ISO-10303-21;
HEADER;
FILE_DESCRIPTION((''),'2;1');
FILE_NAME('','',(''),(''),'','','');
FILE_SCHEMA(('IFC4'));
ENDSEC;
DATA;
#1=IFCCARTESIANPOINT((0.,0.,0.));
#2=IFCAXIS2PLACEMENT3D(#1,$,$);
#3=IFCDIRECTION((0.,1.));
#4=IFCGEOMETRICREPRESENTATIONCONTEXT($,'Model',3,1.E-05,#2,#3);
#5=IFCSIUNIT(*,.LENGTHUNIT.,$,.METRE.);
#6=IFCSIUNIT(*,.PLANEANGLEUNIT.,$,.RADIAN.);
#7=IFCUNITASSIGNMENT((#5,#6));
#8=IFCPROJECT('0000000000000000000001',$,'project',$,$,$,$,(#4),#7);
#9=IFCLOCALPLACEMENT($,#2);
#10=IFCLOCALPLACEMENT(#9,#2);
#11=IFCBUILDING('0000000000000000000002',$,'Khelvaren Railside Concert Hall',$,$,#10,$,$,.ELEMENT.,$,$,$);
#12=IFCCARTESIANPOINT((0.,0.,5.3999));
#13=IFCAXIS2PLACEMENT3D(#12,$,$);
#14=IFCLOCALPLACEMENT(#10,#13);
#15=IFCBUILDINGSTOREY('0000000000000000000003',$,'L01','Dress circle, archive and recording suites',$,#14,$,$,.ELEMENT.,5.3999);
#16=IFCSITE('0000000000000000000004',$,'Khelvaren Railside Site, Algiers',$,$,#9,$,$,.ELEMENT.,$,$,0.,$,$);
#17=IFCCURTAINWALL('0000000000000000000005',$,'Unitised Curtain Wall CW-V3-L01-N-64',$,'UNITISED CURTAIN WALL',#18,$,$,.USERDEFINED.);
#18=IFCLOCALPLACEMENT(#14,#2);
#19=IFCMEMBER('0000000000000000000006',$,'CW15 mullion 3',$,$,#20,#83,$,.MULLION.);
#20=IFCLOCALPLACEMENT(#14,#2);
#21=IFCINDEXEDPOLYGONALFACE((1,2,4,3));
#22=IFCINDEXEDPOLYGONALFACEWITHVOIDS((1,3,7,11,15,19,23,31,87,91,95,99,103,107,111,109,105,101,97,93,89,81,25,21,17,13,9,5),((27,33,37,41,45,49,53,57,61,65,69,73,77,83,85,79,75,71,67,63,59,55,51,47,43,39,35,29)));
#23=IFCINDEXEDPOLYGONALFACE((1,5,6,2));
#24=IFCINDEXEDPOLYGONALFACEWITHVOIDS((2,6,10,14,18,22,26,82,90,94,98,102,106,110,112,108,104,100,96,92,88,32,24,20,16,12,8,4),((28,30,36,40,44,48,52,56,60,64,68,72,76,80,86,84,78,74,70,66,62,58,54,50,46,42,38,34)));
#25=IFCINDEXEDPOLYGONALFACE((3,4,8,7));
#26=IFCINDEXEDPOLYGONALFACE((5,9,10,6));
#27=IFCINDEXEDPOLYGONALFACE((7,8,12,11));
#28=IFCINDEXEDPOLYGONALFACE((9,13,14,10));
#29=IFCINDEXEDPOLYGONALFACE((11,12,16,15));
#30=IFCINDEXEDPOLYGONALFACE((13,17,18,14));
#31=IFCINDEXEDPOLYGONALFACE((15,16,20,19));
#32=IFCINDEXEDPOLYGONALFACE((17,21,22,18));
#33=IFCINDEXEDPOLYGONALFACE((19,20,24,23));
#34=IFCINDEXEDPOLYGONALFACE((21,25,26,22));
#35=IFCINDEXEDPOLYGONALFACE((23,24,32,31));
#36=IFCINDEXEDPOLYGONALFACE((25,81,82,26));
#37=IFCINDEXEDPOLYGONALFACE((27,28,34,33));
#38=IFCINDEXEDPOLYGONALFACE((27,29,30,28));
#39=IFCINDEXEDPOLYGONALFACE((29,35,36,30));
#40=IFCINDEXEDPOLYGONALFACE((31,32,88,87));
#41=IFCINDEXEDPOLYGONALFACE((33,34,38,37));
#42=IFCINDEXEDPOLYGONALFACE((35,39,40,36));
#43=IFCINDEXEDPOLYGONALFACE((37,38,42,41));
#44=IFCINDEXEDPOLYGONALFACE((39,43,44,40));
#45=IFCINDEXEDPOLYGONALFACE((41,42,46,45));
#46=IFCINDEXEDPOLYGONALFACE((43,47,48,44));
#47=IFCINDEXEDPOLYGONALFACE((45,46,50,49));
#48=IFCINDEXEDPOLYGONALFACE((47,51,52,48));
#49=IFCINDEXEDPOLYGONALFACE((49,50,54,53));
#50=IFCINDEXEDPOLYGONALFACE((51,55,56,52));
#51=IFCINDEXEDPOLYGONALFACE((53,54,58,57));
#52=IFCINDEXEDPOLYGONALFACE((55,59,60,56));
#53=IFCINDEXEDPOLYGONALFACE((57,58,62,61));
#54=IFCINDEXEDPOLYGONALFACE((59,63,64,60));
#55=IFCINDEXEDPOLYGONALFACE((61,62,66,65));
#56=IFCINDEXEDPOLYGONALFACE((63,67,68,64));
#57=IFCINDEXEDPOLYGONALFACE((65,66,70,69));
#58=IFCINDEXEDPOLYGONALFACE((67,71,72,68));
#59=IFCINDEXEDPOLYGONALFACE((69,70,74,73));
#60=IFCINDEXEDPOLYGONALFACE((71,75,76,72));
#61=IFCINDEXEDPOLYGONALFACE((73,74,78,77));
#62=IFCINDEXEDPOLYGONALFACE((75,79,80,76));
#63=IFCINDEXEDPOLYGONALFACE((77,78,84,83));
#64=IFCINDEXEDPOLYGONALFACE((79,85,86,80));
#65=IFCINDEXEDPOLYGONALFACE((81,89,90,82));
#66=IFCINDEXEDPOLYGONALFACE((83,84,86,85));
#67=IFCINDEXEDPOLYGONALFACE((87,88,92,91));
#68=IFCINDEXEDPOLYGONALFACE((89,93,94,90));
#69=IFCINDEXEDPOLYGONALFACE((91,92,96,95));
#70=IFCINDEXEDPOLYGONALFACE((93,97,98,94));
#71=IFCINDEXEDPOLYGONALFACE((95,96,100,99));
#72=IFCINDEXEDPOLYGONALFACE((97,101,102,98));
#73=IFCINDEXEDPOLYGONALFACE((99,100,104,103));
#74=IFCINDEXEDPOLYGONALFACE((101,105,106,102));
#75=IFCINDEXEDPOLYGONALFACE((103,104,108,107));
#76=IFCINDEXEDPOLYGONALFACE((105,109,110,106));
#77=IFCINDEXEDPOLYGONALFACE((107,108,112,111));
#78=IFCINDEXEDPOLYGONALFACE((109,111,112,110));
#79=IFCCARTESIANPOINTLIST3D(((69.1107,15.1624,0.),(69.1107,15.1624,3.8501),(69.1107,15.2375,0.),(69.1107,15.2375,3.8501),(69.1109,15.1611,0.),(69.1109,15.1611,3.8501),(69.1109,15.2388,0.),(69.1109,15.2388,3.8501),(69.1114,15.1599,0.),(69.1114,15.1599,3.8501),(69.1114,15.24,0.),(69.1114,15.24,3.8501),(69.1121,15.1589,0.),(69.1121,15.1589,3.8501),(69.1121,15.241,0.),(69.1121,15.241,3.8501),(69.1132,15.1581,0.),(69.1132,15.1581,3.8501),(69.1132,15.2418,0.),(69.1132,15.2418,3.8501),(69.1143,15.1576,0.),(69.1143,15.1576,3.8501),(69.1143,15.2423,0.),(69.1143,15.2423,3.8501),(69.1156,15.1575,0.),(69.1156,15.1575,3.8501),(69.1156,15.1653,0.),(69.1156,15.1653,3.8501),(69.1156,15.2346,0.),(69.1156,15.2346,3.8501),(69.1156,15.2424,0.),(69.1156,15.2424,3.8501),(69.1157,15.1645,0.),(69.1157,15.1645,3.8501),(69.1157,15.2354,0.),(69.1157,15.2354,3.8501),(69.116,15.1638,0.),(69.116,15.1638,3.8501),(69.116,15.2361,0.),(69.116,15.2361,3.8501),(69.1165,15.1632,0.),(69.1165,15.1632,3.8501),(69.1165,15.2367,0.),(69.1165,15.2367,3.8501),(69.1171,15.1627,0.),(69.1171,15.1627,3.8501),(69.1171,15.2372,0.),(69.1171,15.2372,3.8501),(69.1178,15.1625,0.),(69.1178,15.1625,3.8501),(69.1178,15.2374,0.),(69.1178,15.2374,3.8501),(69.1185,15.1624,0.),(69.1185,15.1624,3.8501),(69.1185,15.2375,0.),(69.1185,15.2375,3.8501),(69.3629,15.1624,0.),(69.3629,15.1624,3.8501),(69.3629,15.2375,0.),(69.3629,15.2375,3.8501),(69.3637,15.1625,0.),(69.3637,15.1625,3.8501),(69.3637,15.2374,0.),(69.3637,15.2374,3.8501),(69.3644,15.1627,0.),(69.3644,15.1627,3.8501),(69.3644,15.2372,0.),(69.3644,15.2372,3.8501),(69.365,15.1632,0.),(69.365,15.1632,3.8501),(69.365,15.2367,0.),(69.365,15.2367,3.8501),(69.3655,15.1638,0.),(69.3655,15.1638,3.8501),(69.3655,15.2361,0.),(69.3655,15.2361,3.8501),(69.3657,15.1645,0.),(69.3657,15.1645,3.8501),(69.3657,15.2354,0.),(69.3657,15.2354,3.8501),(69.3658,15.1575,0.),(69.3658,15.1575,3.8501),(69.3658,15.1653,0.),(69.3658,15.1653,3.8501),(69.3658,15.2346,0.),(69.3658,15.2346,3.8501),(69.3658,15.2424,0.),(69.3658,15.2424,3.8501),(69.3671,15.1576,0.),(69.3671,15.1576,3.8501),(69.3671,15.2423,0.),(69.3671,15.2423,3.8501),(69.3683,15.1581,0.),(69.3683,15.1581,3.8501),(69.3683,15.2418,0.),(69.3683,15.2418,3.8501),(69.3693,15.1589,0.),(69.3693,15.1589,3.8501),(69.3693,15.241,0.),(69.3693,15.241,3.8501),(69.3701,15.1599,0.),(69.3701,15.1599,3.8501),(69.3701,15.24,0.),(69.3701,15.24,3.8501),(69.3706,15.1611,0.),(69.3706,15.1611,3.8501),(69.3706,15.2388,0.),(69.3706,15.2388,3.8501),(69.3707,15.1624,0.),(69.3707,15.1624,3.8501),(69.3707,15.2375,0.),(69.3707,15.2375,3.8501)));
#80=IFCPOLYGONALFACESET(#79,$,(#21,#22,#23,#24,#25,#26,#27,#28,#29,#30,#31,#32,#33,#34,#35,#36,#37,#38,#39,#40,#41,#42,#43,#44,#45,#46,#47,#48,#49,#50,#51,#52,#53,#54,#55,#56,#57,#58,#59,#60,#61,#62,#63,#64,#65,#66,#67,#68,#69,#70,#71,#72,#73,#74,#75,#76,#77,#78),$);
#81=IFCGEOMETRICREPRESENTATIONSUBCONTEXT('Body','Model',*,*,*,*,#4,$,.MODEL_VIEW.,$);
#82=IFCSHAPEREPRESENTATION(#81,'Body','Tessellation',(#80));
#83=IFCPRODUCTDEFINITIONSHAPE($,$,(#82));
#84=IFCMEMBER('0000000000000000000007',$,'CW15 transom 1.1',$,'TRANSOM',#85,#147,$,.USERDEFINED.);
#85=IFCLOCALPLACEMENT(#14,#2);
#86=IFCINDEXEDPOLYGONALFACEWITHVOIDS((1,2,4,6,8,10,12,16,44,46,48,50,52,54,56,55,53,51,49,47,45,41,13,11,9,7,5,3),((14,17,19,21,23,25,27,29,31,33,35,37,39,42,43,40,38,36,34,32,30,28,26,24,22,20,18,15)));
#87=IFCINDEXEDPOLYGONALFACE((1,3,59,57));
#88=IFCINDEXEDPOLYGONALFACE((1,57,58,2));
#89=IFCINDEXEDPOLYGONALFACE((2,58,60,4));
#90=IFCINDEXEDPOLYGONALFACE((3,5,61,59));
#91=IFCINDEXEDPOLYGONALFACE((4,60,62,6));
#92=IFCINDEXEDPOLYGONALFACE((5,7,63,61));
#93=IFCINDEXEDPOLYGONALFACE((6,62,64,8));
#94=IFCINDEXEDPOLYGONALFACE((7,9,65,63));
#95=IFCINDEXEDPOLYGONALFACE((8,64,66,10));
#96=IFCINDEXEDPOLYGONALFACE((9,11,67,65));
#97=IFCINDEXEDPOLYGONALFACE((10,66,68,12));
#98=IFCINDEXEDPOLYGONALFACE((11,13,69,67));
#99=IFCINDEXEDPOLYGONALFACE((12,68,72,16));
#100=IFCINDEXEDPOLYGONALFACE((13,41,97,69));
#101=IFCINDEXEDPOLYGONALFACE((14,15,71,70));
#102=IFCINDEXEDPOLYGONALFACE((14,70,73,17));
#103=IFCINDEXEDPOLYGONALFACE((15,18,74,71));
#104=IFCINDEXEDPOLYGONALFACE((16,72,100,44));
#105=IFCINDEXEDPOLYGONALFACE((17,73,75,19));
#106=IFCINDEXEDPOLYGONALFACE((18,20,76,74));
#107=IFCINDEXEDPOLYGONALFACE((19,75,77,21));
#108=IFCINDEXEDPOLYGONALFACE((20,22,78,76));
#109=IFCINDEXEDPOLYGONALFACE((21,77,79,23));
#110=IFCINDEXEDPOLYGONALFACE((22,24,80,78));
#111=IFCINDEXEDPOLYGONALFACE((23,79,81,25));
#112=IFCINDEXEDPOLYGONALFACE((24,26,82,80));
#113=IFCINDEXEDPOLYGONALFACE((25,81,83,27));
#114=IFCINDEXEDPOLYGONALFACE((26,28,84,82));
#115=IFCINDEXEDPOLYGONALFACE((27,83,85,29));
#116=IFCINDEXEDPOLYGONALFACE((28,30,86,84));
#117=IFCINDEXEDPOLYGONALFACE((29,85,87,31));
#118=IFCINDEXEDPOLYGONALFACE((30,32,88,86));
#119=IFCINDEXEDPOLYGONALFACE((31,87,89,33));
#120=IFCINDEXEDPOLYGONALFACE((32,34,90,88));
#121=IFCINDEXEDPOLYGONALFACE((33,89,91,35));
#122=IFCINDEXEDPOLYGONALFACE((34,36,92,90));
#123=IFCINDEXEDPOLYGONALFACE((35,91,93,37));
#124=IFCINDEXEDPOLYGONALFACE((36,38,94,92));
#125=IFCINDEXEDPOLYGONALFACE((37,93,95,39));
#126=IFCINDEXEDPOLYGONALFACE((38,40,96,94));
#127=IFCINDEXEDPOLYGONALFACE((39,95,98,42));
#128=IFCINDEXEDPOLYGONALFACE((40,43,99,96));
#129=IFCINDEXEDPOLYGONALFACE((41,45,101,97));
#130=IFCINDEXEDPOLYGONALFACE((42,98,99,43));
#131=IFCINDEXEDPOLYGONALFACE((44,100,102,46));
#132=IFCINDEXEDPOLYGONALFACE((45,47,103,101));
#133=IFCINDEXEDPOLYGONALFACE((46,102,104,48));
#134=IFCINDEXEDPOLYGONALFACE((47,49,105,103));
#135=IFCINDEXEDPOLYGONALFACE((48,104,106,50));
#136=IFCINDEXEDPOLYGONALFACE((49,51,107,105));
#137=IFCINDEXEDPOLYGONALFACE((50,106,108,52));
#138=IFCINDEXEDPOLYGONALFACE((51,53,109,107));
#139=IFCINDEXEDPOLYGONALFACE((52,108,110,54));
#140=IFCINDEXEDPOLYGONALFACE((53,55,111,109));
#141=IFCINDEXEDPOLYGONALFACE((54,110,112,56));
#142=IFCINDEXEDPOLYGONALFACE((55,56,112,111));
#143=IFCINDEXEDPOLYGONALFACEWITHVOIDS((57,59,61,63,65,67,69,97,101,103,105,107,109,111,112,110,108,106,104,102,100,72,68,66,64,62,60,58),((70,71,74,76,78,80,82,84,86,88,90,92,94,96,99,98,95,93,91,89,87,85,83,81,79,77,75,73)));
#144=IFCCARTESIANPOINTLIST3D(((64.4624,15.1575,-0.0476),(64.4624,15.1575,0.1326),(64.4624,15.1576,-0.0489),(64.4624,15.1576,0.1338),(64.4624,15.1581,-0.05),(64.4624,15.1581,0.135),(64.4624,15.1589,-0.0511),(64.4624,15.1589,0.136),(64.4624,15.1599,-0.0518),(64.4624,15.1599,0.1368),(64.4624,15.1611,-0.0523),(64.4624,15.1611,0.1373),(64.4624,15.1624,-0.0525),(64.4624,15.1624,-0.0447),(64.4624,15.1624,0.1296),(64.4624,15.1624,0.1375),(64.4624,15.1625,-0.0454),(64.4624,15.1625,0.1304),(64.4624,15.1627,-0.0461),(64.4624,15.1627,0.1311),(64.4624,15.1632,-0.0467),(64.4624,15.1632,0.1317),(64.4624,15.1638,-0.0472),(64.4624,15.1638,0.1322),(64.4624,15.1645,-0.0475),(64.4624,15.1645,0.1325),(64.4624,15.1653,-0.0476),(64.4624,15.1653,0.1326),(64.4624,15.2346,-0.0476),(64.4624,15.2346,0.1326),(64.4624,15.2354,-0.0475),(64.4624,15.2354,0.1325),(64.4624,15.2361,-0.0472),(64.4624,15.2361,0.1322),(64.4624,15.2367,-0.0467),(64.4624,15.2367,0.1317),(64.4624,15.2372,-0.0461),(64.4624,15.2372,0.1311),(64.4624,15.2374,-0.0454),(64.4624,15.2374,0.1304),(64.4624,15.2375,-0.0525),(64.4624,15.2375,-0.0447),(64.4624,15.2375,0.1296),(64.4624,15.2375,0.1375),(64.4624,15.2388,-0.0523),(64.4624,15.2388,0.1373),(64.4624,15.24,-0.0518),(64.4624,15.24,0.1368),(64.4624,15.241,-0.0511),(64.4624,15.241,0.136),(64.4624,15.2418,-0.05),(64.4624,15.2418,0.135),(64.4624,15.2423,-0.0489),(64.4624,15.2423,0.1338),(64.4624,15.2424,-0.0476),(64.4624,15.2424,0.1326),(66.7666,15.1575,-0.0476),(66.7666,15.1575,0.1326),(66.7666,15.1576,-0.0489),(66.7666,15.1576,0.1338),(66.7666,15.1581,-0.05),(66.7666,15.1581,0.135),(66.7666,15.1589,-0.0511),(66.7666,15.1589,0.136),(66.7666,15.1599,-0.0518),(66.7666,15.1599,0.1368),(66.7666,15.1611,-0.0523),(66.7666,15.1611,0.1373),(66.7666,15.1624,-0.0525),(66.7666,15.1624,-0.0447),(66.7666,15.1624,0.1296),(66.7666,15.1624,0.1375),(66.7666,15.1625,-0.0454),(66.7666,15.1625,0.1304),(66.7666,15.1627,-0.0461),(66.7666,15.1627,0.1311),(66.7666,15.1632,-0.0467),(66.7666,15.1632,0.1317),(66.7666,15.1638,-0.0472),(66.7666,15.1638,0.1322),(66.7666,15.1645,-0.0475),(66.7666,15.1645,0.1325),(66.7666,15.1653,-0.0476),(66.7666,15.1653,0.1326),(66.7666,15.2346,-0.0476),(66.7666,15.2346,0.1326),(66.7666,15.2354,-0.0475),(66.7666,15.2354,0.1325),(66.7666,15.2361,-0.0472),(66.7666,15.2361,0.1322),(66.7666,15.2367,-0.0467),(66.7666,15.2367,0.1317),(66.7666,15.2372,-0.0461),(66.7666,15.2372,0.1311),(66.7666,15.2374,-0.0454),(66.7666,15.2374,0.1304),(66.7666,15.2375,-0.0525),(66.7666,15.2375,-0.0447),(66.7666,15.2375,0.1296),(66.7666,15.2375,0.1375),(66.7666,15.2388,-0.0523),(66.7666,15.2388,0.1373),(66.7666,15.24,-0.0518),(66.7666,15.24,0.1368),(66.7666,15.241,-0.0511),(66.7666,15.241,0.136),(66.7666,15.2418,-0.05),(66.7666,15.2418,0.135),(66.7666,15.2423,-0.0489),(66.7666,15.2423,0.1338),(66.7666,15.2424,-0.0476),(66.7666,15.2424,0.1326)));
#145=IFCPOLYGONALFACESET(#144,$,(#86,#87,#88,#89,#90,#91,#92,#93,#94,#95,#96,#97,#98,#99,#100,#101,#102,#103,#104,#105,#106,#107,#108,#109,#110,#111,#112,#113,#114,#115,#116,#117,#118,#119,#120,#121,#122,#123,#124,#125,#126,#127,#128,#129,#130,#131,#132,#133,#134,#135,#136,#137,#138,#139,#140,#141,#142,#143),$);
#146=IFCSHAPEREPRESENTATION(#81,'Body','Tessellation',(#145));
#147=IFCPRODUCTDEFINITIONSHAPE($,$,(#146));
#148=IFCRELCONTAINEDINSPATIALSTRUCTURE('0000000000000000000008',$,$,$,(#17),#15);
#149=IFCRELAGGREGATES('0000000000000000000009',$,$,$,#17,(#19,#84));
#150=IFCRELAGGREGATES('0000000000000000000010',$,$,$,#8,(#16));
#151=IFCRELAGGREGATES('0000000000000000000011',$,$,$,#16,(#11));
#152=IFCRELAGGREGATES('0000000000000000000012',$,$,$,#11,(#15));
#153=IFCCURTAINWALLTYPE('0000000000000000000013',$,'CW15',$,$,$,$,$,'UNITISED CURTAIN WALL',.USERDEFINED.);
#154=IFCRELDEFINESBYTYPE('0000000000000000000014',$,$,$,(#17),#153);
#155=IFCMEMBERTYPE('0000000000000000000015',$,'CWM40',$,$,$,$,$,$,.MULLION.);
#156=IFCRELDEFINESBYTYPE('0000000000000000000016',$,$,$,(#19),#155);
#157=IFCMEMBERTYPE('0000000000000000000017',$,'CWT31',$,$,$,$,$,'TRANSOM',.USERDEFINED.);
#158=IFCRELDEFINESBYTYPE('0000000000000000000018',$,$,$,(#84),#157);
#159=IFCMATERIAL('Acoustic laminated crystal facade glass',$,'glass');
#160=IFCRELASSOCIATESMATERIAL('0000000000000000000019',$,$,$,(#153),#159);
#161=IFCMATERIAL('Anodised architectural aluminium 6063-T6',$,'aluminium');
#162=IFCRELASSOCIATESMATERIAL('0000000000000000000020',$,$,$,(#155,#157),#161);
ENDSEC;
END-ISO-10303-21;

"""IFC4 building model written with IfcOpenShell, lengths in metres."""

from ifc_helpers import new_model, si_unit, direction, frame, origin, origin_2d, place, context, subcontext, project, spatial, hollow_rectangle, extrude, material, material_profile, profile_set, type_object, element, aggregate, save


model = new_model("IFC4")

# Units and contexts
model_context = context("Model", 3, precision=1e-05, world=origin(), true_north=direction((0.0, 1.0)))
body_context = subcontext(model_context, "Body", "Model", "MODEL_VIEW")
ifc_project = project(units=[si_unit("LENGTHUNIT", "METRE"), si_unit("PLANEANGLEUNIT", "RADIAN")], contexts=[model_context])

# Site, building, storey
site_placement = place(None, origin())
site = spatial("IfcSite", under=ifc_project, at=site_placement, Name="Khelvaren Railside Site, Algiers", CompositionType="ELEMENT", RefElevation=0.0)
building_placement = place(site_placement, origin())
building = spatial("IfcBuilding", under=site, at=building_placement, Name="Khelvaren Railside Concert Hall", CompositionType="ELEMENT")
storey_placement = place(building_placement, frame((0.0, 0.0, 5.3999)))
storey = spatial("IfcBuildingStorey", under=building, at=storey_placement, Name="L01", Description="Dress circle, archive and recording suites", CompositionType="ELEMENT", Elevation=5.3999)

# Curtain wall, members
ifc_material_1 = material(Name="Acoustic laminated crystal facade glass", Category="glass")
curtain_wall_type = type_object("IfcCurtainWallType", Name="CW15", ElementType="UNITISED CURTAIN WALL", PredefinedType="USERDEFINED", material=ifc_material_1)
curtain_wall_placement = place(storey_placement, origin())
curtain_wall = element("IfcCurtainWall", 1, at=curtain_wall_placement, inside=storey, type_object=curtain_wall_type, Name="Unitised Curtain Wall CW-V3-L01-N-64", ObjectType="UNITISED CURTAIN WALL", PredefinedType="USERDEFINED")
ifc_material_2 = material(Name="Anodised architectural aluminium 6063-T6", Category="aluminium")
ifc_material_profile_1 = material_profile(ifc_material_2, hollow_rectangle(XDim=0.085, YDim=0.26, WallThickness=0.0049, InnerFilletRadius=0.0029, OuterFilletRadius=0.0049, at=origin_2d()), Name="CWM 85x260x5")
ifc_profile_set_1 = profile_set([ifc_material_profile_1], Name="Anodised architectural aluminium 6063-T6")
member_type_1 = type_object("IfcMemberType", Name="CWM40", PredefinedType="MULLION", material=ifc_profile_set_1)
member_1_placement = place(storey_placement, frame((69.2407, 15.2, 0.0), z_axis=(0.0, 0.0, 1.0), x_axis=(0.0, 1.0, 0.0)))
member_1 = element("IfcMember", 2, at=member_1_placement, type_object=member_type_1, Name="CW15 mullion 3", PredefinedType="MULLION", context=body_context, shape_type="SweptSolid", body=[
    extrude(hollow_rectangle(XDim=0.085, YDim=0.26, WallThickness=0.0049, InnerFilletRadius=0.0029, OuterFilletRadius=0.0049, at=origin_2d()), origin(), (0.0, 0.0, 1.0), 3.8501),
])
ifc_material_profile_2 = material_profile(ifc_material_2, hollow_rectangle(XDim=0.085, YDim=0.1899, WallThickness=0.0049, InnerFilletRadius=0.0029, OuterFilletRadius=0.0049, at=origin_2d()), Name="CWT 85x190x5")
ifc_profile_set_2 = profile_set([ifc_material_profile_2], Name="Anodised architectural aluminium 6063-T6")
member_type_2 = type_object("IfcMemberType", Name="CWT31", ElementType="TRANSOM", PredefinedType="USERDEFINED", material=ifc_profile_set_2)
member_2_placement = place(storey_placement, frame((64.4624, 15.2, 0.0425), z_axis=(1.0, 0.0, 0.0), x_axis=(0.0, 1.0, 0.0)))
member_2 = element("IfcMember", 3, at=member_2_placement, type_object=member_type_2, Name="CW15 transom 1.1", ObjectType="TRANSOM", PredefinedType="USERDEFINED", context=body_context, shape_type="SweptSolid", body=[
    extrude(hollow_rectangle(XDim=0.085, YDim=0.1899, WallThickness=0.0049, InnerFilletRadius=0.0029, OuterFilletRadius=0.0049, at=origin_2d()), origin(), (0.0, 0.0, 1.0), 2.3042),
])

aggregate(curtain_wall, [member_1, member_2])

save(model, "model.ifc")
